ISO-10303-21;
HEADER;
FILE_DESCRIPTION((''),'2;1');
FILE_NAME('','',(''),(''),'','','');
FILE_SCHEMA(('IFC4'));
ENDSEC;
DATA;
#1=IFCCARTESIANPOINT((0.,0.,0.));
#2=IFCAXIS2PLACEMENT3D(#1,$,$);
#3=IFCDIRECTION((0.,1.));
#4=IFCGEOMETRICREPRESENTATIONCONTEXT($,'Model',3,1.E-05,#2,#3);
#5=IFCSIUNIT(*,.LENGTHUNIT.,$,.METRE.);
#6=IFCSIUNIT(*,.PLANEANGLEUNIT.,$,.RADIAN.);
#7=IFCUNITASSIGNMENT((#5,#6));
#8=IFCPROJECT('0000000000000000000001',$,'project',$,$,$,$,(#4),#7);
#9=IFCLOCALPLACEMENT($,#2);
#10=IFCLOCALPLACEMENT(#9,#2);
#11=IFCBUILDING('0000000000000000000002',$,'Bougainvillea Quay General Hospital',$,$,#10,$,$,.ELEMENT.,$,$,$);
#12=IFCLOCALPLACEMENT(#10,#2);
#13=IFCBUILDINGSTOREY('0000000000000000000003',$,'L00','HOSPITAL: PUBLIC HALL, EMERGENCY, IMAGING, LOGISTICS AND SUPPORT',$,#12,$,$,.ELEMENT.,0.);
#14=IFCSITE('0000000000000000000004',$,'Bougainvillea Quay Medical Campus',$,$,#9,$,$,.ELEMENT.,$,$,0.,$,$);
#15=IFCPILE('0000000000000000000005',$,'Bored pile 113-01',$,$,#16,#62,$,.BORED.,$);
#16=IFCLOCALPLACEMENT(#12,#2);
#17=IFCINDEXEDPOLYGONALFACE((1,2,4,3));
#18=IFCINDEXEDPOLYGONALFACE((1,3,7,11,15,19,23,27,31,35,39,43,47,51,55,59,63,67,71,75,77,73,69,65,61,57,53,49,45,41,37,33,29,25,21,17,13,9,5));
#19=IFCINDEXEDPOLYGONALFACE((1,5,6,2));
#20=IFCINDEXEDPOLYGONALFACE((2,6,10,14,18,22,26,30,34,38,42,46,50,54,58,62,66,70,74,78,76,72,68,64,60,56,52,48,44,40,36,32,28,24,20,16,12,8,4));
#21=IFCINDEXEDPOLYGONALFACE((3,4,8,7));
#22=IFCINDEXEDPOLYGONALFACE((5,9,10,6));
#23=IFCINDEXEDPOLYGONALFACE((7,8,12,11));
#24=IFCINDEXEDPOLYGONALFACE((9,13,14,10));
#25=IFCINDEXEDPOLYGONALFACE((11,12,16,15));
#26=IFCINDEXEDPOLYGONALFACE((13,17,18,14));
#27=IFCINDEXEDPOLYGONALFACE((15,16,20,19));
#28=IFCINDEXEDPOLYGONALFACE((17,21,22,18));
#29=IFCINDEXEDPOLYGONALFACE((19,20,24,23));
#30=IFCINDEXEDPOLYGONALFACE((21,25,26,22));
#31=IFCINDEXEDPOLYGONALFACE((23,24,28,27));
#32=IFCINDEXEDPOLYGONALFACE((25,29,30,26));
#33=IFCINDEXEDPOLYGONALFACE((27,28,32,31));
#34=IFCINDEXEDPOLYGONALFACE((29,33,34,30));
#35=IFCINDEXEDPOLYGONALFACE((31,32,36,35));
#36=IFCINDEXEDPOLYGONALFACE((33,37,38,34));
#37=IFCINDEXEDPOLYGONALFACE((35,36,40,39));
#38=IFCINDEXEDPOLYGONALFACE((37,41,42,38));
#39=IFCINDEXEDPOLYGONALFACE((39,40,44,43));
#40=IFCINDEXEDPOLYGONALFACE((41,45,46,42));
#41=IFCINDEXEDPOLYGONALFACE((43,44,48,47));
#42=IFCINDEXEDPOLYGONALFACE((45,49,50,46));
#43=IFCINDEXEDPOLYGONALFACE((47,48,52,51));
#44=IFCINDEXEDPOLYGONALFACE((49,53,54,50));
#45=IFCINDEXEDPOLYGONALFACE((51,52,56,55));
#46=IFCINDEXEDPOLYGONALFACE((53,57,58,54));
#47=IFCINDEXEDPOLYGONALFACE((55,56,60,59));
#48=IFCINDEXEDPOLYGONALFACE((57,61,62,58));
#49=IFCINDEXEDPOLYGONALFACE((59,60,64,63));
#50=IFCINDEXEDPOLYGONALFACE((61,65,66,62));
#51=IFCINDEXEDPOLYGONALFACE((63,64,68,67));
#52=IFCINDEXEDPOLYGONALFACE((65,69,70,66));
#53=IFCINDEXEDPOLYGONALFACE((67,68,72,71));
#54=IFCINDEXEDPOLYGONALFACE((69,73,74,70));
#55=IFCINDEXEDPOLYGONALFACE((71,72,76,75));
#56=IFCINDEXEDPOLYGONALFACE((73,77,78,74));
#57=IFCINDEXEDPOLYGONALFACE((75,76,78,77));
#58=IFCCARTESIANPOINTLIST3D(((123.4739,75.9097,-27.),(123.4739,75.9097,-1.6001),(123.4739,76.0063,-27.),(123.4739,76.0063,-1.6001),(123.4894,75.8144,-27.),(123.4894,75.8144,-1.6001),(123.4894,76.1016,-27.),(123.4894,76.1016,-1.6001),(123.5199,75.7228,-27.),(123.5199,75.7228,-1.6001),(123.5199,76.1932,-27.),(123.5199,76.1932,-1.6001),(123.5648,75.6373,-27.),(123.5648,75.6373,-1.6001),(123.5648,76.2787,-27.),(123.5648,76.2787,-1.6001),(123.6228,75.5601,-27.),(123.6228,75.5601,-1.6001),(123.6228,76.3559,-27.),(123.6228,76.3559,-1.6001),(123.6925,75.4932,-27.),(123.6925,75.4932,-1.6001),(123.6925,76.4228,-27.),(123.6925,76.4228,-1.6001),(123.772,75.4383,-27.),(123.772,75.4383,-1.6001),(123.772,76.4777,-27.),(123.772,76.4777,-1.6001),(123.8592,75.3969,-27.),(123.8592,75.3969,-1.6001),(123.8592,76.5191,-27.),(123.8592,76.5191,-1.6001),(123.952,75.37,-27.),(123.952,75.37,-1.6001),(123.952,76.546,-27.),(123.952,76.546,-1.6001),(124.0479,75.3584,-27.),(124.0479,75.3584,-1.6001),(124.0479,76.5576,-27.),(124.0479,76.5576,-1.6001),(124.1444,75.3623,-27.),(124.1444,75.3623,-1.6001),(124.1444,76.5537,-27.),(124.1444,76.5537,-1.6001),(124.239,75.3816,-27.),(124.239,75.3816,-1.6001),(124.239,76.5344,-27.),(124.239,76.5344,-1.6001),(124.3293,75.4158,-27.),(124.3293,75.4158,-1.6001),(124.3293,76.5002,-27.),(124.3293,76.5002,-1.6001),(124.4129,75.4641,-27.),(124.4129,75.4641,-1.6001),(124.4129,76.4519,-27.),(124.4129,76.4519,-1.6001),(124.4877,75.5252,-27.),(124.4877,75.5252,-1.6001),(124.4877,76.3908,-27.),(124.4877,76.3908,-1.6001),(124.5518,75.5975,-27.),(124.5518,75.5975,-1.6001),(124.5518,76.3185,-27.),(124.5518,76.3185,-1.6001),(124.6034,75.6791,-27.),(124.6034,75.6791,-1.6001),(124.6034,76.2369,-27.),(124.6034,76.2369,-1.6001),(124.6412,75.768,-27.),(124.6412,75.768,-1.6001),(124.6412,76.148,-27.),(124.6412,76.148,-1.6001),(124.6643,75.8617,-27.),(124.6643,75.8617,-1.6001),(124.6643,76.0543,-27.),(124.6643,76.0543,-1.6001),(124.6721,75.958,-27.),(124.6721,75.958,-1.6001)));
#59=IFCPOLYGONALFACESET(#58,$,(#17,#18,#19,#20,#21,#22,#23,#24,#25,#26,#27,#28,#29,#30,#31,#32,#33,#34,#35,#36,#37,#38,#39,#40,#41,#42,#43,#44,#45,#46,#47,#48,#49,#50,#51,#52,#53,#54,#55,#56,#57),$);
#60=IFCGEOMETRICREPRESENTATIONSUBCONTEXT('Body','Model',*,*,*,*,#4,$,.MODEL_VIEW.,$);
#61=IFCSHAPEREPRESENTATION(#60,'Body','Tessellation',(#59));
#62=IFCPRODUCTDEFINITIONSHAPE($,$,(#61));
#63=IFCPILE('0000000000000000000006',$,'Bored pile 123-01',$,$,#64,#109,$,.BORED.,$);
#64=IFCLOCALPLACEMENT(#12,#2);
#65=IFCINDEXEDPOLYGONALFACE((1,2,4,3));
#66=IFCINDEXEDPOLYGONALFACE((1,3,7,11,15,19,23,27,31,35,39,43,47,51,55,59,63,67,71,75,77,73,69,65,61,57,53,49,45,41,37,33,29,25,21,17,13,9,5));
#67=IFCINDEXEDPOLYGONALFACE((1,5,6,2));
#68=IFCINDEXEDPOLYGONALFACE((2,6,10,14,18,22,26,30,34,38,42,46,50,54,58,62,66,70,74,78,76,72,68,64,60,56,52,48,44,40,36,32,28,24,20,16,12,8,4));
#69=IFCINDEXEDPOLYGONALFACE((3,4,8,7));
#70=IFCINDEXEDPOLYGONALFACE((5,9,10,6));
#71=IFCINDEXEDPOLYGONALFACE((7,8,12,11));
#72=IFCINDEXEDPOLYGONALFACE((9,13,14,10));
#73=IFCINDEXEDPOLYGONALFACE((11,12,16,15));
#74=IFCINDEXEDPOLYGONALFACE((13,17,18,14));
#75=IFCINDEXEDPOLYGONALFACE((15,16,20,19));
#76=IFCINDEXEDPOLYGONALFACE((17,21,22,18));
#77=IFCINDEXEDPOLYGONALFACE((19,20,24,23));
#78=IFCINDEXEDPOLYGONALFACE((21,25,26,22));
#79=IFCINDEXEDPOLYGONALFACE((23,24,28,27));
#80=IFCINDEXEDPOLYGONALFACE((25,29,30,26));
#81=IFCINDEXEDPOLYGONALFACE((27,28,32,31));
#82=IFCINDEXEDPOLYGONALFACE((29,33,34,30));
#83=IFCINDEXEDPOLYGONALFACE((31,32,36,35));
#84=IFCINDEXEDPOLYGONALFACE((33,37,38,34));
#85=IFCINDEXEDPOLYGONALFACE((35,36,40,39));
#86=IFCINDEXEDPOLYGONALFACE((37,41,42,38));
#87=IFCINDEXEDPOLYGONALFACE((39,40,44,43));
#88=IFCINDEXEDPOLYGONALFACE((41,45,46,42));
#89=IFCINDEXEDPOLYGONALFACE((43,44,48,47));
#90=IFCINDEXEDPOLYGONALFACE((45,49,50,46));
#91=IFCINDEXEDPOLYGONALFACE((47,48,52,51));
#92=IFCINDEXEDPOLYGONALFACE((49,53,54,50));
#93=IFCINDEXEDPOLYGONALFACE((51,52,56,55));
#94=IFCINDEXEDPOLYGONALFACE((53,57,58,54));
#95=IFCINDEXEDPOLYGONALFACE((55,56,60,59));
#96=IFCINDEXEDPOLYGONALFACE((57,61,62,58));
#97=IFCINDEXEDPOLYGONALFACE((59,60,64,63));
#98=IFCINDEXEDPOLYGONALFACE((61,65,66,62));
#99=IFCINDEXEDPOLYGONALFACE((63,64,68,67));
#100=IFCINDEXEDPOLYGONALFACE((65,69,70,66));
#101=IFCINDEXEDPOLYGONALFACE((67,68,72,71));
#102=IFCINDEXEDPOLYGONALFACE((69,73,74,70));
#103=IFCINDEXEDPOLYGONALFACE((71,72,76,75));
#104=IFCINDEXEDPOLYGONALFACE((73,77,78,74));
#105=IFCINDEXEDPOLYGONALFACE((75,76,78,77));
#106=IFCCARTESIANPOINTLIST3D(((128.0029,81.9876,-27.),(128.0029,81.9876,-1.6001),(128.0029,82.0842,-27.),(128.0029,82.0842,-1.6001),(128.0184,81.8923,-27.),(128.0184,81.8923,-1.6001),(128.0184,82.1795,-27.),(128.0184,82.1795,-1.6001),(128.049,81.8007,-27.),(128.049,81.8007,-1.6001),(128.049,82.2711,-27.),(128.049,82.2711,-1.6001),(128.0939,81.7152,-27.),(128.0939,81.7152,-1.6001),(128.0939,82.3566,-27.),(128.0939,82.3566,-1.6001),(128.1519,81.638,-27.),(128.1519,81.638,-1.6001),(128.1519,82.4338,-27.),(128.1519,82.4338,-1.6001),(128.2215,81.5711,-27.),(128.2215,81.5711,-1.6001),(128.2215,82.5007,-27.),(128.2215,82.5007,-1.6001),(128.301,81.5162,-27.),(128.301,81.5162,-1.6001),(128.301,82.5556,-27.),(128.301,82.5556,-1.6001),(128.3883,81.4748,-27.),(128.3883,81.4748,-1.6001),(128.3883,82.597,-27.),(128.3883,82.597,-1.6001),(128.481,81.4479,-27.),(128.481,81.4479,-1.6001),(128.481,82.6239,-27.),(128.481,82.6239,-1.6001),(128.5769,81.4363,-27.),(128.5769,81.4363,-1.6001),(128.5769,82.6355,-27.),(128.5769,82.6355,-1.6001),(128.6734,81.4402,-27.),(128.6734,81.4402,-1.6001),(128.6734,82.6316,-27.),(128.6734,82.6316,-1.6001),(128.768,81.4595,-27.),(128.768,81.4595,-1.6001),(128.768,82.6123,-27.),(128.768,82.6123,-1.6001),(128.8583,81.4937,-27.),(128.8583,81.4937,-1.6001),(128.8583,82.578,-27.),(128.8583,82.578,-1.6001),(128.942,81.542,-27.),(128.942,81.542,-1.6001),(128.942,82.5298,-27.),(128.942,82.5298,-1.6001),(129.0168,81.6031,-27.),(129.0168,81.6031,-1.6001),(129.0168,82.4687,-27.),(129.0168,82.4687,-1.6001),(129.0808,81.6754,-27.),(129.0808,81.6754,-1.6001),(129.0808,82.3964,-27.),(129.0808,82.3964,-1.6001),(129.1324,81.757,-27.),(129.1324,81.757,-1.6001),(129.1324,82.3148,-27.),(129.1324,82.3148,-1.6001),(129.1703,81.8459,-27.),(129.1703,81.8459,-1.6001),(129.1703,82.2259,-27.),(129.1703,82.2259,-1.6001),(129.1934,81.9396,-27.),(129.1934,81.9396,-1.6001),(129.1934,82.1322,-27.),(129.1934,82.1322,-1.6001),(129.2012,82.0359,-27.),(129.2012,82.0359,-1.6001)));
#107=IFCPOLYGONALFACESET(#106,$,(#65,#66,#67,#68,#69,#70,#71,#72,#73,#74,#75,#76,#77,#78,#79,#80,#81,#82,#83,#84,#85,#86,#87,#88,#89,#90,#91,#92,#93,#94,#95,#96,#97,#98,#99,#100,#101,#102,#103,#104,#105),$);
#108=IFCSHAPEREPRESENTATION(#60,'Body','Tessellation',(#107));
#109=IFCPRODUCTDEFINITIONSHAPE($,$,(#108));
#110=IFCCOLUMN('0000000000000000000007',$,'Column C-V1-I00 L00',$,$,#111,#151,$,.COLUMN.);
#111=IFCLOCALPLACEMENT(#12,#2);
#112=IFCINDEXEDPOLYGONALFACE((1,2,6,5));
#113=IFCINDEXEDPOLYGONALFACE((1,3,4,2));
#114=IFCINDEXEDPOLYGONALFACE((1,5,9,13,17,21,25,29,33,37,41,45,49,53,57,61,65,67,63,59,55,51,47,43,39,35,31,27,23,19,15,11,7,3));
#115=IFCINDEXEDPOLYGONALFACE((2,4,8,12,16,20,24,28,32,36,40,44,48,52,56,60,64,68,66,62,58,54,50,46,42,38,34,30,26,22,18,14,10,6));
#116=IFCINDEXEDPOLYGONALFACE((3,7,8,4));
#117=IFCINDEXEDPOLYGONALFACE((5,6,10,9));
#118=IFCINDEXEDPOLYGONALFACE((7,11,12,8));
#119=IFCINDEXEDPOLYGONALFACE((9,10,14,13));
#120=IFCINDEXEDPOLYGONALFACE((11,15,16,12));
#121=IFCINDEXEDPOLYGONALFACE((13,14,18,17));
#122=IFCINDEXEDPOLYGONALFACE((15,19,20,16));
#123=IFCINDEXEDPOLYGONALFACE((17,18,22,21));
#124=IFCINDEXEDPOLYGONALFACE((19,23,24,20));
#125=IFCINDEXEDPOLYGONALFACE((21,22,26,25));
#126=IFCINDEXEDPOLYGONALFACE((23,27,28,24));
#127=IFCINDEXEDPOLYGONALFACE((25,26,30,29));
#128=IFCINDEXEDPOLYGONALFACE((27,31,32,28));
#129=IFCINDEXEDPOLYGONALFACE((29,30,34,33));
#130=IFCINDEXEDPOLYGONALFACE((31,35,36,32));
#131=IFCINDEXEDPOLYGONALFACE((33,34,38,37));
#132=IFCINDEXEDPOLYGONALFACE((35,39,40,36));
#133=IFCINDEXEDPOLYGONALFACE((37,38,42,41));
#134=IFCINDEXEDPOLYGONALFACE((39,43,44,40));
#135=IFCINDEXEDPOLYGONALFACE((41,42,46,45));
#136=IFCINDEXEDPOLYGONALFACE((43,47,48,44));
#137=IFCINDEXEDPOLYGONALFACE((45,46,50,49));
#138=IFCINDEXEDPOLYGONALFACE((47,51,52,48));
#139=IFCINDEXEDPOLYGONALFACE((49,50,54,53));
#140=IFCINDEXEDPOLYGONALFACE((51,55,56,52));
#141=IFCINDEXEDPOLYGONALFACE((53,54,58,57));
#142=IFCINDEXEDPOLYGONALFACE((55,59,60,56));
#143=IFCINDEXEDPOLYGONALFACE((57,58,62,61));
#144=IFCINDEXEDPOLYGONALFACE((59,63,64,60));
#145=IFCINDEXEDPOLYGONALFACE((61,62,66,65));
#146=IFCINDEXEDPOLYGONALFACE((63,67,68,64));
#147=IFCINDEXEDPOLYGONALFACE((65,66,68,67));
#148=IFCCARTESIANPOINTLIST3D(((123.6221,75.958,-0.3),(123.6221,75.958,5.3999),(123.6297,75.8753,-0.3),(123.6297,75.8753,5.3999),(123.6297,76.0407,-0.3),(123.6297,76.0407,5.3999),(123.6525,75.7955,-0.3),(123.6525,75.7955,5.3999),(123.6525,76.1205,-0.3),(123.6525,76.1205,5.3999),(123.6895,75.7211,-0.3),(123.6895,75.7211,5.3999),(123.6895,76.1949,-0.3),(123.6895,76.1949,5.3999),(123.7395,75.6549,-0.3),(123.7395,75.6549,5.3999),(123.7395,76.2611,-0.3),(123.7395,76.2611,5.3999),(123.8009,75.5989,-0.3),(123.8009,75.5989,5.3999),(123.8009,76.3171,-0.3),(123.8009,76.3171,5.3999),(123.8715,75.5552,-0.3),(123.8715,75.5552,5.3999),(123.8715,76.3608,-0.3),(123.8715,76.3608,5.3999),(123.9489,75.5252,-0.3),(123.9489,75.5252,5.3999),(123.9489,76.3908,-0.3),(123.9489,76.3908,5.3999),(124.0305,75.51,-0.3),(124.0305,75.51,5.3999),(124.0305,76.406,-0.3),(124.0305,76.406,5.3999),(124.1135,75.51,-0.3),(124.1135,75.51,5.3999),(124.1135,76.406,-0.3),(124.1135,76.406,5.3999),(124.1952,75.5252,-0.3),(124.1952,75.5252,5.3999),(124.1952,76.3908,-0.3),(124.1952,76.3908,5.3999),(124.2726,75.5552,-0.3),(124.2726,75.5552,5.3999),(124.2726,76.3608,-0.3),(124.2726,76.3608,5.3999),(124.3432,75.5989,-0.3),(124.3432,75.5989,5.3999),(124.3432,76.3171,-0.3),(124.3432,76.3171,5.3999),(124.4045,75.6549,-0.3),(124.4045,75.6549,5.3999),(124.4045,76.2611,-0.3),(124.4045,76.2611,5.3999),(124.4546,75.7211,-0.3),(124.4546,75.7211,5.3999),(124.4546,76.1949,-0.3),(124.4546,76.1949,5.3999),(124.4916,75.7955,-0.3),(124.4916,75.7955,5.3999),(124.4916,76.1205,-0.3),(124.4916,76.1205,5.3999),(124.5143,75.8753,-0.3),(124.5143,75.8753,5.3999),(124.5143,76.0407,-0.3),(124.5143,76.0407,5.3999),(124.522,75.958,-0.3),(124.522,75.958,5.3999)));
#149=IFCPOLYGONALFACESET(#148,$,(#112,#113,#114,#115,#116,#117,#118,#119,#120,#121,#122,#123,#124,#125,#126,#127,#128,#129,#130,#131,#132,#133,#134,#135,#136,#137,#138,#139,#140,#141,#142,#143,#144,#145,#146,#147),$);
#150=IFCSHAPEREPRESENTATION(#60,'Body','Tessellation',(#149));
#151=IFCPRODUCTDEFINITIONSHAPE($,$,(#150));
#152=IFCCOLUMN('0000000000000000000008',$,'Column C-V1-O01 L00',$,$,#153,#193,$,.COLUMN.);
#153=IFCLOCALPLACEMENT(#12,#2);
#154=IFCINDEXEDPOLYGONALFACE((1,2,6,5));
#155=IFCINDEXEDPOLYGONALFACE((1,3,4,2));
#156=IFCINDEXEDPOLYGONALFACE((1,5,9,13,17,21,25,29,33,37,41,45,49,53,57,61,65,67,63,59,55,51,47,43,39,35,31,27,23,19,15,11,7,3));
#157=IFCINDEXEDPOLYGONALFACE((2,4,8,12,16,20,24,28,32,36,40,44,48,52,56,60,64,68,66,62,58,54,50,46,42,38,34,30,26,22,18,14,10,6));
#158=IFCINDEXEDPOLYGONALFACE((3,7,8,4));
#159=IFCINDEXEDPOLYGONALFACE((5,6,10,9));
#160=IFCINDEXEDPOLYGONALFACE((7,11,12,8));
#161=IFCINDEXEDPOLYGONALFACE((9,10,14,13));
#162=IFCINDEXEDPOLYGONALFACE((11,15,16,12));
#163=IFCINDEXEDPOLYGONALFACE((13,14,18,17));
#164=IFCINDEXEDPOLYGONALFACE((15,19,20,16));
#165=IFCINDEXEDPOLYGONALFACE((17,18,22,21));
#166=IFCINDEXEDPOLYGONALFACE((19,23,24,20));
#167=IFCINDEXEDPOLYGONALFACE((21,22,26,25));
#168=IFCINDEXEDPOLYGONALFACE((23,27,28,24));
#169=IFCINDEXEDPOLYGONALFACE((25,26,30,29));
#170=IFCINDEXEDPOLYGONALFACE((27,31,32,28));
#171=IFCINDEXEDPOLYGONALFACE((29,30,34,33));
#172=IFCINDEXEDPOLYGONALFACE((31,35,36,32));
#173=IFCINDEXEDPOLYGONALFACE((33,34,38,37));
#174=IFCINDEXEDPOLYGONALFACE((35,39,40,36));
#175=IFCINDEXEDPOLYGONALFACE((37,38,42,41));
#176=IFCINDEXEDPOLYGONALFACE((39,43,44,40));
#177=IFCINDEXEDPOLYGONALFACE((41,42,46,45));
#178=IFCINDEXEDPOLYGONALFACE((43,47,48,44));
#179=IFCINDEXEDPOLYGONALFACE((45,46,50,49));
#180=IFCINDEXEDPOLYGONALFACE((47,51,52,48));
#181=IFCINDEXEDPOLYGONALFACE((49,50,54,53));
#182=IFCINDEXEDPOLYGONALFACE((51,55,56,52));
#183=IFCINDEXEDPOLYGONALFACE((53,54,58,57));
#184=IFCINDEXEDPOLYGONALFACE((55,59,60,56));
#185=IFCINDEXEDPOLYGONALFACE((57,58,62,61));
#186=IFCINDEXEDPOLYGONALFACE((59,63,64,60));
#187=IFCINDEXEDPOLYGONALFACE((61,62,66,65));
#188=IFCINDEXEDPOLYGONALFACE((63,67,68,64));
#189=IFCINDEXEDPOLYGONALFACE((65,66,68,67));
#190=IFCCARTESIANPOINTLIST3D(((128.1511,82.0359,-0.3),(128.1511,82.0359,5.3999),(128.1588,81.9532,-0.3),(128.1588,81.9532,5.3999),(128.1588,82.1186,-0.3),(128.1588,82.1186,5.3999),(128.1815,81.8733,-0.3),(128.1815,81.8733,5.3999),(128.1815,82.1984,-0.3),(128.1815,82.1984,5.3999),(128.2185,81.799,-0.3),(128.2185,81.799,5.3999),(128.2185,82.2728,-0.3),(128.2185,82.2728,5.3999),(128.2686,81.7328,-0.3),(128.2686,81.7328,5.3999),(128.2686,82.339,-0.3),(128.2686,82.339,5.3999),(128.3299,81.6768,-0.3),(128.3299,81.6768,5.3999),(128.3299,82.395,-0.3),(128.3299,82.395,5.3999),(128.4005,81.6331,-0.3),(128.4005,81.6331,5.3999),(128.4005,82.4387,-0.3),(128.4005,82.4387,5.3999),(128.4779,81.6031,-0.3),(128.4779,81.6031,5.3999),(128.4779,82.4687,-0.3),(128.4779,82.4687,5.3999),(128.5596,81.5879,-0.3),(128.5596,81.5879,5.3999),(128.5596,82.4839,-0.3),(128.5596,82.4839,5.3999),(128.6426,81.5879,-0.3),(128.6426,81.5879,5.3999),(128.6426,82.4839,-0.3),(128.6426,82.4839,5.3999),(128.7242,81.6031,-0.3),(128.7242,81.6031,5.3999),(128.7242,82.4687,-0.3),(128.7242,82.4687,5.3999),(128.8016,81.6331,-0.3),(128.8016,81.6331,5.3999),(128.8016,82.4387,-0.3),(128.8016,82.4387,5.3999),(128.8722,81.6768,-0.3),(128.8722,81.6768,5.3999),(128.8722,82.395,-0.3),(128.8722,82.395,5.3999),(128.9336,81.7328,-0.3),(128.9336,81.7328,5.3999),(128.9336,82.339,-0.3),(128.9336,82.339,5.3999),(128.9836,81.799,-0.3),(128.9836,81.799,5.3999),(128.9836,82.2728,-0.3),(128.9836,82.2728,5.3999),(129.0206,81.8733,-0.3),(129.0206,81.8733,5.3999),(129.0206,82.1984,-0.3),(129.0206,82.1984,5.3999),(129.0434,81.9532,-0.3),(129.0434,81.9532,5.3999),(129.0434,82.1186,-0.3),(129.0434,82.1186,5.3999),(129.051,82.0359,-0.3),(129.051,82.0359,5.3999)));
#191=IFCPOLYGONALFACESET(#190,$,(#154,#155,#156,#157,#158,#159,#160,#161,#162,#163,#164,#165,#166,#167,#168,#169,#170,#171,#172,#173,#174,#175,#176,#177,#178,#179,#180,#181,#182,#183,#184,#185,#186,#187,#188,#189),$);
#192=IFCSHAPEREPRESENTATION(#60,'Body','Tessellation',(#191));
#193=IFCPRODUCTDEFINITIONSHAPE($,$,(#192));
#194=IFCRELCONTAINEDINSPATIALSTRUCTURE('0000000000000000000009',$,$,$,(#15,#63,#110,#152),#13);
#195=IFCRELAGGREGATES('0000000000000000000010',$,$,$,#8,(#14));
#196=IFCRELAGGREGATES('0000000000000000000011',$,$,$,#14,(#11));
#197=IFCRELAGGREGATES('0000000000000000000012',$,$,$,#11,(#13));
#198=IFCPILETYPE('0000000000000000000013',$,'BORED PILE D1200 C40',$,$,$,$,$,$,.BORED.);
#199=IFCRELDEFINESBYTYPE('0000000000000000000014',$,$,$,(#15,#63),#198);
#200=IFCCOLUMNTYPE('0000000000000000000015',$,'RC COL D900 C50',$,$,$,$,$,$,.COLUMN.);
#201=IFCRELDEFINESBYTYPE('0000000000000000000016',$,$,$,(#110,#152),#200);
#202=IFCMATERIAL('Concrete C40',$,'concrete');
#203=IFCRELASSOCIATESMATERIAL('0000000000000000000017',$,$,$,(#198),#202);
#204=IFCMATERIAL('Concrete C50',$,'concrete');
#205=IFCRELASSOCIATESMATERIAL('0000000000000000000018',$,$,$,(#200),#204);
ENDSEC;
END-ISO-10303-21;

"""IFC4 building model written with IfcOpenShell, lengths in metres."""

from ifc_helpers import new_model, si_unit, direction, frame, origin, origin_2d, place, context, subcontext, project, spatial, circle, extrude, material, material_profile, profile_set, type_object, element, save


model = new_model("IFC4")

# Units and contexts
model_context = context("Model", 3, precision=1e-05, world=origin(), true_north=direction((0.0, 1.0)))
body_context = subcontext(model_context, "Body", "Model", "MODEL_VIEW")
ifc_project = project(units=[si_unit("LENGTHUNIT", "METRE"), si_unit("PLANEANGLEUNIT", "RADIAN")], contexts=[model_context])

# Site, building, storey
site_placement = place(None, origin())
site = spatial("IfcSite", under=ifc_project, at=site_placement, Name="Bougainvillea Quay Medical Campus", CompositionType="ELEMENT", RefElevation=0.0)
building_placement = place(site_placement, origin())
building = spatial("IfcBuilding", under=site, at=building_placement, Name="Bougainvillea Quay General Hospital", CompositionType="ELEMENT")
storey_placement = place(building_placement, origin())
storey = spatial("IfcBuildingStorey", under=building, at=storey_placement, Name="L00", Description="HOSPITAL: PUBLIC HALL, EMERGENCY, IMAGING, LOGISTICS AND SUPPORT", CompositionType="ELEMENT", Elevation=0.0)

# Piles
ifc_material_1 = material(Name="Concrete C40", Category="concrete")
ifc_material_profile_1 = material_profile(ifc_material_1, circle(Radius=0.6001, at=origin_2d()))
ifc_profile_set_1 = profile_set([ifc_material_profile_1], Name="Concrete C40")
pile_type = type_object("IfcPileType", Name="BORED PILE D1200 C40", PredefinedType="BORED", material=ifc_profile_set_1)
for number, where, z_axis, x_axis, name in (
    (1, (124.072, 75.958, -1.6001), (0.0, 0.0, -1.0), (1.0, 0.0, 0.0), "Bored pile 113-01"),
    (2, (128.6011, 82.0359, -1.6001), (0.0, 0.0, -1.0), (1.0, 0.0, 0.0), "Bored pile 123-01"),
):
    element("IfcPile", number, at=place(storey_placement, frame(where, z_axis=z_axis, x_axis=x_axis)), inside=storey, type_object=pile_type, Name=name, PredefinedType="BORED", context=body_context, shape_type="SweptSolid", body=[
        extrude(circle(Radius=0.6001, at=origin_2d()), origin(), (0.0, 0.0, 1.0), 25.3999),
    ])

# Columns
ifc_material_2 = material(Name="Concrete C50", Category="concrete")
ifc_material_profile_2 = material_profile(ifc_material_2, circle(Radius=0.45, at=origin_2d()))
ifc_profile_set_2 = profile_set([ifc_material_profile_2], Name="Concrete C50")
column_type = type_object("IfcColumnType", Name="RC COL D900 C50", PredefinedType="COLUMN", material=ifc_profile_set_2)
for number, where, z_axis, x_axis, name in (
    (3, (124.072, 75.958, -0.3), (0.0, 0.0, 1.0), (1.0, 0.0, 0.0), "Column C-V1-I00 L00"),
    (4, (128.6011, 82.0359, -0.3), (0.0, 0.0, 1.0), (1.0, 0.0, 0.0), "Column C-V1-O01 L00"),
):
    element("IfcColumn", number, at=place(storey_placement, frame(where, z_axis=z_axis, x_axis=x_axis)), inside=storey, type_object=column_type, Name=name, PredefinedType="COLUMN", context=body_context, shape_type="SweptSolid", body=[
        extrude(circle(Radius=0.45, at=origin_2d()), origin(), (0.0, 0.0, 1.0), 5.7),
    ])

save(model, "model.ifc")
